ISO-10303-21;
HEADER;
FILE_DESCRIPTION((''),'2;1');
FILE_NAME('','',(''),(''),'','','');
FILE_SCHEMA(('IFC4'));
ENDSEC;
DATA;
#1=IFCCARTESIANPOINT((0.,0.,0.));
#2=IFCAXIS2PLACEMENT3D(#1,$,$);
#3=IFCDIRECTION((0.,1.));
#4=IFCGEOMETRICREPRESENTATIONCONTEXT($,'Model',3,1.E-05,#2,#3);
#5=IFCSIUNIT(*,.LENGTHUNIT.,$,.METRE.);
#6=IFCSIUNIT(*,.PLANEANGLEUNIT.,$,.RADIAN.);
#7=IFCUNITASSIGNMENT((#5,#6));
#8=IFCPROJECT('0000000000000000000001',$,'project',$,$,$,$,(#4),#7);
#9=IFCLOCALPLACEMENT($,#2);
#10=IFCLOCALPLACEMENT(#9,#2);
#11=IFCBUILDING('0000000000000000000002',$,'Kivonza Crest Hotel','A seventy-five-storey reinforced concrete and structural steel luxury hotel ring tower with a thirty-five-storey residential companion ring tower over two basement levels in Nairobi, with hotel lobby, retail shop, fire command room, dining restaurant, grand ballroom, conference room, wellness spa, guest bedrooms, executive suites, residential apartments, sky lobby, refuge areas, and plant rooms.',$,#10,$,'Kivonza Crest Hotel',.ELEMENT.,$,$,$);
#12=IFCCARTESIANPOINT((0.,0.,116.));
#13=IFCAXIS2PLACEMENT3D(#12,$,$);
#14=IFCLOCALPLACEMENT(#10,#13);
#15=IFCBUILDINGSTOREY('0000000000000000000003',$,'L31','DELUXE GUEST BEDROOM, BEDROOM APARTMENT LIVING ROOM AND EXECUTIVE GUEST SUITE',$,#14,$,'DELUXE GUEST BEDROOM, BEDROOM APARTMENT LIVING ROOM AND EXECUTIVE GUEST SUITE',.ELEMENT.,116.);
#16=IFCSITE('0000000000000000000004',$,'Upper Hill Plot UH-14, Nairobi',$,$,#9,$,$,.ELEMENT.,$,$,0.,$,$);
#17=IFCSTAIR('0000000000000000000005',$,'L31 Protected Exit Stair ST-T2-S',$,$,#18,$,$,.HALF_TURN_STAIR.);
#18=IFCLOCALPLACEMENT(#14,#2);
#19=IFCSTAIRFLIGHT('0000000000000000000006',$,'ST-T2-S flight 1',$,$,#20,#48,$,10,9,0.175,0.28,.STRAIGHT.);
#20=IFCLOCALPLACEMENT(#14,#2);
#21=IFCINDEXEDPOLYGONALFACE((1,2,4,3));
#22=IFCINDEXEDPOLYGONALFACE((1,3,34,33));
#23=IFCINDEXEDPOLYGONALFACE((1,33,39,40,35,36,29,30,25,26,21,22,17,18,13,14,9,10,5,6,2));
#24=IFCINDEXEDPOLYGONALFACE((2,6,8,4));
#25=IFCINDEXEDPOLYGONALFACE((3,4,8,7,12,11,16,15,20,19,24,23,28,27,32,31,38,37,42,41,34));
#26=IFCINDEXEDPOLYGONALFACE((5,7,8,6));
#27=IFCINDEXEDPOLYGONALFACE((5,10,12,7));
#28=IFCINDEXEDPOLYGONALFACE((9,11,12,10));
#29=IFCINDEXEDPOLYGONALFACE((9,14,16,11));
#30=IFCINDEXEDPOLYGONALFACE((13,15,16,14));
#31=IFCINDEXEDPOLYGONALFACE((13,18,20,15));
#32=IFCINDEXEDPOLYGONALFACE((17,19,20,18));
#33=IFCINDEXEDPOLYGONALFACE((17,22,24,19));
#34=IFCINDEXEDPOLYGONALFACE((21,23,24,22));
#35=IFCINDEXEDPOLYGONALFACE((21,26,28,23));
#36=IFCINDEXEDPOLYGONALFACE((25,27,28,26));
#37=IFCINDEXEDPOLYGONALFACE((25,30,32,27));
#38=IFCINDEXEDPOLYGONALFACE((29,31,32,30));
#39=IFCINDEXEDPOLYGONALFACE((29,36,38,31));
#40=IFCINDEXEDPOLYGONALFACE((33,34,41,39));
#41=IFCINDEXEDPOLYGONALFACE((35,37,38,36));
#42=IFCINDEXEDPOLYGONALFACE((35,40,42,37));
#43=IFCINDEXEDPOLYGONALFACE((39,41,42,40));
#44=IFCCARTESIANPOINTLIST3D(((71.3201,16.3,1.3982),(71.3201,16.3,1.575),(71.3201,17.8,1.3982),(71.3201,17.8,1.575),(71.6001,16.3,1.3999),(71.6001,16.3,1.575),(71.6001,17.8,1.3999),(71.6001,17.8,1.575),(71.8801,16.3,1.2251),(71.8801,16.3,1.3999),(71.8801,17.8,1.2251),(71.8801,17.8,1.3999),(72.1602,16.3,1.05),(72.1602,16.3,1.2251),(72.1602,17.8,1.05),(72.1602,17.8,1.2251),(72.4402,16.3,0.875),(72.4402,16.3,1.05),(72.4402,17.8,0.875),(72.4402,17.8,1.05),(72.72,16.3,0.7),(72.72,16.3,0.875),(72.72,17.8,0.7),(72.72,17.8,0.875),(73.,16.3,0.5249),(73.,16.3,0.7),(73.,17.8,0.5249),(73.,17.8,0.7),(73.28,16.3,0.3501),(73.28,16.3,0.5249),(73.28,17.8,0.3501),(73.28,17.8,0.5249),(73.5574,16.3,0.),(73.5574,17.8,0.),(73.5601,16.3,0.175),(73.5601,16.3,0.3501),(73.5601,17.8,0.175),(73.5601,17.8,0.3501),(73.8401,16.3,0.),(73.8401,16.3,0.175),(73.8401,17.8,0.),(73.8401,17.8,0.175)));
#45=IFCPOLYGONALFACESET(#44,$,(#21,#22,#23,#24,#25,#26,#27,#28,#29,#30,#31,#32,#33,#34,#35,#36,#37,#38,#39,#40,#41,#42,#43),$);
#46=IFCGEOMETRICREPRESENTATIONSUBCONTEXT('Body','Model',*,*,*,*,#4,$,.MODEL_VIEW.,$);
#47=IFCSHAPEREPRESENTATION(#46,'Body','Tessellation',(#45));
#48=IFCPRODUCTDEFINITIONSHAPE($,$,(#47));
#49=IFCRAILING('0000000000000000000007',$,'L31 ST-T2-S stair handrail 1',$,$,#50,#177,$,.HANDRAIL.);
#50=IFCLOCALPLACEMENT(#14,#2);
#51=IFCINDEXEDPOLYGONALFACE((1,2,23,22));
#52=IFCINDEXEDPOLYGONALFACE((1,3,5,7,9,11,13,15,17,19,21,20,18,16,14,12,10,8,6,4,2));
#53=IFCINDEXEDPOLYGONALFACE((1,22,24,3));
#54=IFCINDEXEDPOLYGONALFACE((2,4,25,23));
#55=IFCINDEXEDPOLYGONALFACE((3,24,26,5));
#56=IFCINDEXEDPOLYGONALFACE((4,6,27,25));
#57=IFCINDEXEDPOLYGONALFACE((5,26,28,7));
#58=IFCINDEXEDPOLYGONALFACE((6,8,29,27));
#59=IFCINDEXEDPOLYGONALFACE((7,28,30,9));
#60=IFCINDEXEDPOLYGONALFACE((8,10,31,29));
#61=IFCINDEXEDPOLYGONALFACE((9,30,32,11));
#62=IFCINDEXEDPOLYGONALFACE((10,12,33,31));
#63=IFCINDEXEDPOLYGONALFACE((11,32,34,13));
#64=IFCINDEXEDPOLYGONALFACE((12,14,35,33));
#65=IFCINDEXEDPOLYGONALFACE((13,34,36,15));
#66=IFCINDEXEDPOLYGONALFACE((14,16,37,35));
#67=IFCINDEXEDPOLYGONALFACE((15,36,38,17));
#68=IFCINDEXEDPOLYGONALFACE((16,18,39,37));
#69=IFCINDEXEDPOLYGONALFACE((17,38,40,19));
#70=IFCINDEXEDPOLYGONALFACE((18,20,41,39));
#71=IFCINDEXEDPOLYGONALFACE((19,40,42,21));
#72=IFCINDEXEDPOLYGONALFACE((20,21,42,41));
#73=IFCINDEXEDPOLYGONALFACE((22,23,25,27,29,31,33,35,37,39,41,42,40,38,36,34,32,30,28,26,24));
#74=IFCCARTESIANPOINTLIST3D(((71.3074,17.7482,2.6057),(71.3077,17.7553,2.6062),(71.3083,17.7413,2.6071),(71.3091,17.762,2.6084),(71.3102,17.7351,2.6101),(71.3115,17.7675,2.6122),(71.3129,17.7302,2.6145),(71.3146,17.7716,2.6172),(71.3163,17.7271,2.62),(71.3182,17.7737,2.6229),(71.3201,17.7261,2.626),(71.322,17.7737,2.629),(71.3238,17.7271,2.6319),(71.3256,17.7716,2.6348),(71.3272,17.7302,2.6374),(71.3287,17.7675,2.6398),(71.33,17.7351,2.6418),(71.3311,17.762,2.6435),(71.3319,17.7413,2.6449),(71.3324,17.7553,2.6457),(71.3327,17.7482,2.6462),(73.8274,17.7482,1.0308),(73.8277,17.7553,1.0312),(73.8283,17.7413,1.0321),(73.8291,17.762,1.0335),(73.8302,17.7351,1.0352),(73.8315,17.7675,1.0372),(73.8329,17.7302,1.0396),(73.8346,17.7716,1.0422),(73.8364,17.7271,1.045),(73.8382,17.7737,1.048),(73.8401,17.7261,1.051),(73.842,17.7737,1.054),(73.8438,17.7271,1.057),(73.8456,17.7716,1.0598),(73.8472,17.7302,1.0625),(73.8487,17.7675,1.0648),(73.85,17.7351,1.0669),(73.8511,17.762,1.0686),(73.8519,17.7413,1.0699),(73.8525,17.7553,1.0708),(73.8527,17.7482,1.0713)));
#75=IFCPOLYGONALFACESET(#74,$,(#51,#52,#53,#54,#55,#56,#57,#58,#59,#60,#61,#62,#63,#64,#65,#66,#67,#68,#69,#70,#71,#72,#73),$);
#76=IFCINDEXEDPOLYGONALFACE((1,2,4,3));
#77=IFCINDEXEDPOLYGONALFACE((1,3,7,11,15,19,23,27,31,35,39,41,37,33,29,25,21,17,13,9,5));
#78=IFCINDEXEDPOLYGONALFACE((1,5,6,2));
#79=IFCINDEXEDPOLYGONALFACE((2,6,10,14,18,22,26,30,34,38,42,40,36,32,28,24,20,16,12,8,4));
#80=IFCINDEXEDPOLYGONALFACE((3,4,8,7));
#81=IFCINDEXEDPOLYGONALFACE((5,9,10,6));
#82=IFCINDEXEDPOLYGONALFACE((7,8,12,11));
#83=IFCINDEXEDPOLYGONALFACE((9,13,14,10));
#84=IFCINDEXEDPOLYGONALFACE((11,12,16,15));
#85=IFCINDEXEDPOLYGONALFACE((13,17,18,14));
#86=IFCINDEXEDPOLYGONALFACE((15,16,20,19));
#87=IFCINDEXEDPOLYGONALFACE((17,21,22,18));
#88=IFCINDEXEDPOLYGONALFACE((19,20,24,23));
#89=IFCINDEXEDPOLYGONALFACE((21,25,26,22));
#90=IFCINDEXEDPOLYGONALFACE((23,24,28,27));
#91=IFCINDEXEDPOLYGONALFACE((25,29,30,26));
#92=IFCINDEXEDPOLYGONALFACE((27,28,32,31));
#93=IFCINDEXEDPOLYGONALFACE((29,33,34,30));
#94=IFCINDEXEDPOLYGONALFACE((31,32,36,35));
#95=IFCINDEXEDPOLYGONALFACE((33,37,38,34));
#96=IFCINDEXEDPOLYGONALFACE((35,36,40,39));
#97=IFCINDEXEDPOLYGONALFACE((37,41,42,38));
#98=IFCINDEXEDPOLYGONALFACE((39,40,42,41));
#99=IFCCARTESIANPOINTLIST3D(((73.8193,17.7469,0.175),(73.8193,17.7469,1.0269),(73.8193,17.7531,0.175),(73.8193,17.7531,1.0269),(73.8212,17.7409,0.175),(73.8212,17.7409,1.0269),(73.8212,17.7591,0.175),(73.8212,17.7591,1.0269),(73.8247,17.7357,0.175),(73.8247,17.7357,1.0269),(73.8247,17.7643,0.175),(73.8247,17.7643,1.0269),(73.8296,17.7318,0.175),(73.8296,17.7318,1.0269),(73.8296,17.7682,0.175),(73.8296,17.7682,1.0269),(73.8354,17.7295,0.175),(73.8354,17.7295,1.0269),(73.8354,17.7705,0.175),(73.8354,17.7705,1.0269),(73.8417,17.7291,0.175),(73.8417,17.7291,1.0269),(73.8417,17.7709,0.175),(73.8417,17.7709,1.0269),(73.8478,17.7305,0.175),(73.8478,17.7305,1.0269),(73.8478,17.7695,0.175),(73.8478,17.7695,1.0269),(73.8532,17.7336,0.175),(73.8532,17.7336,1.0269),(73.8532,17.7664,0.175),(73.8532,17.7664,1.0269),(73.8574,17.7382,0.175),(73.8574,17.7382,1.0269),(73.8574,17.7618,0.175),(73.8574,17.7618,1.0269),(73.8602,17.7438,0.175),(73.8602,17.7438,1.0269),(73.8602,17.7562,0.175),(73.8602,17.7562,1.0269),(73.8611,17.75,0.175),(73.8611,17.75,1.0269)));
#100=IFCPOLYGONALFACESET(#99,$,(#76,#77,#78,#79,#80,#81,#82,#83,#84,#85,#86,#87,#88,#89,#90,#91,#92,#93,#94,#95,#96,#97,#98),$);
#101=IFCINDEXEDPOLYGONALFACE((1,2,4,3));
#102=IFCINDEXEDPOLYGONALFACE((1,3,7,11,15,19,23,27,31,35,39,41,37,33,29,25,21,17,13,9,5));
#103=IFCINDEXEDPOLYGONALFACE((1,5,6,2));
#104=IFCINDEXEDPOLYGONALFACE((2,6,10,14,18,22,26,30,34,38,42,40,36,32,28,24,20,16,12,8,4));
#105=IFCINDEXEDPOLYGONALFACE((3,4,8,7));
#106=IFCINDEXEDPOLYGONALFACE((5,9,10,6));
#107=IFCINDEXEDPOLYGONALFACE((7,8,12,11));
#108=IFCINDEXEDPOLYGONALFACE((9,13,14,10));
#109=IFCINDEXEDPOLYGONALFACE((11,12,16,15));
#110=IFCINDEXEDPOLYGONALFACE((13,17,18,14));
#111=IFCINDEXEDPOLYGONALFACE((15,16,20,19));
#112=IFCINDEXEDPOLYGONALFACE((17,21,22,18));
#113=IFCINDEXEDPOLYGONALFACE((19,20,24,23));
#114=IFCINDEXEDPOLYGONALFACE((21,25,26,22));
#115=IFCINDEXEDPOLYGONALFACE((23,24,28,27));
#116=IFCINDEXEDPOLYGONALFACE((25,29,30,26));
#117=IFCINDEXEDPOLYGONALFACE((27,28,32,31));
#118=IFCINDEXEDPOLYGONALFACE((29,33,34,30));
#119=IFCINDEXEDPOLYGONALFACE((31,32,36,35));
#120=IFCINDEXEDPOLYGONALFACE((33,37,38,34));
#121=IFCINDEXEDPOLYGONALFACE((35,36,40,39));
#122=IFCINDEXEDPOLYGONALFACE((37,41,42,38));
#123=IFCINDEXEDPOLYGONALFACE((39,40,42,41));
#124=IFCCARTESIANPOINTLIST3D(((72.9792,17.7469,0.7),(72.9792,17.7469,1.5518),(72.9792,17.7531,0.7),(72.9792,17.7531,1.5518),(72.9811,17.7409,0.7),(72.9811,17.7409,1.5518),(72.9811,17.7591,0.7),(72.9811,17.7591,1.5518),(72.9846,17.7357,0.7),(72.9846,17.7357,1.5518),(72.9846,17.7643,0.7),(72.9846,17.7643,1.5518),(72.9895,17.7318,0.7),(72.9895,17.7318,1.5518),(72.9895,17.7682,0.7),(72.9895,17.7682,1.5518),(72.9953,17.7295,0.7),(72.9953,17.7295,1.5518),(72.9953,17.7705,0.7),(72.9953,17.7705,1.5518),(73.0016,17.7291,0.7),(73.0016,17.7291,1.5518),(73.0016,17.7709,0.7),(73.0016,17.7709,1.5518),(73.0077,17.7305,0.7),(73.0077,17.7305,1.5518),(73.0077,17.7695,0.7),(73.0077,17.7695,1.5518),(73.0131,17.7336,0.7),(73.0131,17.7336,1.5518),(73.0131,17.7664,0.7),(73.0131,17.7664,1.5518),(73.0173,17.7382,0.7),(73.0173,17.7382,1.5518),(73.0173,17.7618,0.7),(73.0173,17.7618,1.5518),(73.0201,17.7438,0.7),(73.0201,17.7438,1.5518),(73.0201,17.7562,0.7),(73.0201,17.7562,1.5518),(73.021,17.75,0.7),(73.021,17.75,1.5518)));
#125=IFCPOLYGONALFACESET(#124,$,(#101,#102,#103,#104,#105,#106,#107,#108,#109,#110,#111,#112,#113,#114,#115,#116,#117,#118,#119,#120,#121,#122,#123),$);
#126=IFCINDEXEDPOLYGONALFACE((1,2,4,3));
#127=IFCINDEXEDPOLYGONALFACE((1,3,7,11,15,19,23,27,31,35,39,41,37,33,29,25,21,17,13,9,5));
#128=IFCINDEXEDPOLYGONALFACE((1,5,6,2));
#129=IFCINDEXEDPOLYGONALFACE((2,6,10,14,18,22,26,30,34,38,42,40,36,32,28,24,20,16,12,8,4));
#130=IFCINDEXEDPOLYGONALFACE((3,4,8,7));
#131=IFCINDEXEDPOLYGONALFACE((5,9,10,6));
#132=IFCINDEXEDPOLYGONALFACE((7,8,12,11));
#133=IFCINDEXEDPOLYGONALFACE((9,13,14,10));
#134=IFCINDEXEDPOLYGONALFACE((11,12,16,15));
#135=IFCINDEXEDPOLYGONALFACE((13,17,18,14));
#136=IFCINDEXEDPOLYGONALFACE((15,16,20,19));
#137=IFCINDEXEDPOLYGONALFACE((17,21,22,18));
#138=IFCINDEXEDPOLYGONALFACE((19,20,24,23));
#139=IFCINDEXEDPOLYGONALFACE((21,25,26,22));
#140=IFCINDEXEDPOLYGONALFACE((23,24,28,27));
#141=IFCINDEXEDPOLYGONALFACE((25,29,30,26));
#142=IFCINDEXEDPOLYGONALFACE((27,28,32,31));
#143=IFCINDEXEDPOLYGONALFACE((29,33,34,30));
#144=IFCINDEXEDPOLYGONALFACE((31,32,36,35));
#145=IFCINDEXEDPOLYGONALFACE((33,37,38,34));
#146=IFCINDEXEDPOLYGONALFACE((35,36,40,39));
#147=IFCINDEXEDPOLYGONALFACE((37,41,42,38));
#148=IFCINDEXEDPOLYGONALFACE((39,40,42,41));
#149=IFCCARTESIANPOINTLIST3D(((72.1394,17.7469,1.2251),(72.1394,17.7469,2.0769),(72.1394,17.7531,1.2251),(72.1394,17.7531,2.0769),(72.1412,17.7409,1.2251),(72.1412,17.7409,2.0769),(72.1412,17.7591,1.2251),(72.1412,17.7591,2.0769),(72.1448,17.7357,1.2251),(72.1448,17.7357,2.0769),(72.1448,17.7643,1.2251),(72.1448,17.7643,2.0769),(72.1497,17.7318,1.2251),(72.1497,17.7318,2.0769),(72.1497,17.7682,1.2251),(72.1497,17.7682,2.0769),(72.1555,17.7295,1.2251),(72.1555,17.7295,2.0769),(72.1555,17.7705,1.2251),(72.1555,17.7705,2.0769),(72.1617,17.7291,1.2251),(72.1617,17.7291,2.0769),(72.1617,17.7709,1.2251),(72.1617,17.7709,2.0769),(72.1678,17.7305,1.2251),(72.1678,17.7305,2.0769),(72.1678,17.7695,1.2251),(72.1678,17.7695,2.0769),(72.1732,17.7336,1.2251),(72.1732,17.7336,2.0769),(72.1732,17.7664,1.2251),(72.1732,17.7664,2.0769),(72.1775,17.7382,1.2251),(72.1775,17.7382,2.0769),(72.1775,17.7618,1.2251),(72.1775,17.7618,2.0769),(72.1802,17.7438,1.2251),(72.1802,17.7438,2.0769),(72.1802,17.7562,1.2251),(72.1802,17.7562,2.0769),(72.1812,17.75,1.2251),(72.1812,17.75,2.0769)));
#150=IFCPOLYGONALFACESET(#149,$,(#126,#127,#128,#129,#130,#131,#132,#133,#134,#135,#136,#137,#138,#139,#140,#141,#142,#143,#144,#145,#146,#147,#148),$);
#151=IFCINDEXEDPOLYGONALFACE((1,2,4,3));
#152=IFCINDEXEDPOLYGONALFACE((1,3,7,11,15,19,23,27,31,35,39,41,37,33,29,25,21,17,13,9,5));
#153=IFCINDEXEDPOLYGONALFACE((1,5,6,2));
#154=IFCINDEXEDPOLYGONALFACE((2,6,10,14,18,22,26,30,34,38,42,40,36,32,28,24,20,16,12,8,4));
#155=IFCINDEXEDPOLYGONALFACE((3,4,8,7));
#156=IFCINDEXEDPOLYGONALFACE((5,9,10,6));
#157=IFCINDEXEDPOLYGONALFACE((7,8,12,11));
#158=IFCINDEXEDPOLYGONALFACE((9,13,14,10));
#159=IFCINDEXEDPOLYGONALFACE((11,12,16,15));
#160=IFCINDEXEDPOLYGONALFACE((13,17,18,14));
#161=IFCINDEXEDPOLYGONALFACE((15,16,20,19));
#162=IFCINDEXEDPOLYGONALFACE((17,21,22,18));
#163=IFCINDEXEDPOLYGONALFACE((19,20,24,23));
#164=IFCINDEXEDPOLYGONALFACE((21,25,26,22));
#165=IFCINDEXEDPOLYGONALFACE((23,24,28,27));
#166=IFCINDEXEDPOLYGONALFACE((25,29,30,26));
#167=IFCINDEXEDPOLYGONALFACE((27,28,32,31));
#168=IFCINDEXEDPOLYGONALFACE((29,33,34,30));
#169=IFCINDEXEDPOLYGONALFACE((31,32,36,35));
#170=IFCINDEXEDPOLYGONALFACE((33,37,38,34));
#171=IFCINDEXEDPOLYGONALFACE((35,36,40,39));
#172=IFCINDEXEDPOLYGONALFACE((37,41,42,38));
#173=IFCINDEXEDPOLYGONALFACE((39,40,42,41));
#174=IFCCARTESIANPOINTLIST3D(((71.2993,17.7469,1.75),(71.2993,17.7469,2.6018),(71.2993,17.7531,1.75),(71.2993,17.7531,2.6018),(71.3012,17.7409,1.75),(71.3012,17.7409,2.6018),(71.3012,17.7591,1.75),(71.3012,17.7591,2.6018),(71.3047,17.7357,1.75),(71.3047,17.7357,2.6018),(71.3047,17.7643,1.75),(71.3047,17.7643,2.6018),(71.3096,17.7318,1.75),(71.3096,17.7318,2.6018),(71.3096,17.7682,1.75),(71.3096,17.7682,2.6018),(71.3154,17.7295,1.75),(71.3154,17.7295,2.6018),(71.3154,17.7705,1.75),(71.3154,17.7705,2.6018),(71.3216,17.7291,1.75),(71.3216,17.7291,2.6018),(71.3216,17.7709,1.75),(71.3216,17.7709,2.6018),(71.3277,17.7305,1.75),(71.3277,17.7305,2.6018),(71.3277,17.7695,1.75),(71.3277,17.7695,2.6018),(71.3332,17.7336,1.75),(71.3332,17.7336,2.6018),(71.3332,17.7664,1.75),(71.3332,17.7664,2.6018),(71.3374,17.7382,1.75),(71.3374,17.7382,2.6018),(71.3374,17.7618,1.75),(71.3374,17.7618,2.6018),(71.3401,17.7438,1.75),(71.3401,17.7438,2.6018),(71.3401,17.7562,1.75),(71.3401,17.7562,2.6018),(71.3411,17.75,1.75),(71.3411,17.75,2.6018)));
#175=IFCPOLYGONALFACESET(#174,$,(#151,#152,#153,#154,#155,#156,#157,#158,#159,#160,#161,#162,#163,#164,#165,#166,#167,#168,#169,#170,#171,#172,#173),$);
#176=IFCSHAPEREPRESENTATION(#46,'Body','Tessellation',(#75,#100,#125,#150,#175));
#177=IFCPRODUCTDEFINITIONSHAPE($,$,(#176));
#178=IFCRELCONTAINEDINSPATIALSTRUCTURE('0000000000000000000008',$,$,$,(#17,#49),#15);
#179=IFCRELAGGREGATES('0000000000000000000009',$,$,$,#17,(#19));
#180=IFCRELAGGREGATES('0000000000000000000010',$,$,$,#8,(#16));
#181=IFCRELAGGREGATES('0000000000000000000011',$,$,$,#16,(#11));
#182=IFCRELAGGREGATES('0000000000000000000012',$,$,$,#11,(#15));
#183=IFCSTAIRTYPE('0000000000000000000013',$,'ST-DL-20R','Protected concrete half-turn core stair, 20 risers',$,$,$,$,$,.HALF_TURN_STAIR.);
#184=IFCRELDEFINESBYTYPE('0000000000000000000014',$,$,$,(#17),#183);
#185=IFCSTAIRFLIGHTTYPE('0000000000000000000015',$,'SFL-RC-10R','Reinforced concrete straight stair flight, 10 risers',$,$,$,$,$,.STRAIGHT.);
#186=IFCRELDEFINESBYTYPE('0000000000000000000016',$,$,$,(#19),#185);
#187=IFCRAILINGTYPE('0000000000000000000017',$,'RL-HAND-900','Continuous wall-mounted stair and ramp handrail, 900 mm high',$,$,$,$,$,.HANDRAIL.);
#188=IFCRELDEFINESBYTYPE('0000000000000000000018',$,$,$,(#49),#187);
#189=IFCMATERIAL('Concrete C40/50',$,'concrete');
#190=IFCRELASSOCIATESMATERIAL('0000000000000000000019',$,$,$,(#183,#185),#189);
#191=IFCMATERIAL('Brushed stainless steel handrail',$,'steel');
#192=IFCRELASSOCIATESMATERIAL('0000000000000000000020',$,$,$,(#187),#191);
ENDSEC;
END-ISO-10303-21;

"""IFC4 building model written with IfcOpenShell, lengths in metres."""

from ifc_helpers import new_model, si_unit, direction, frame, origin, origin_2d, place, context, subcontext, project, spatial, polyline, circle, outline, extrude, material, type_object, element, aggregate, save


model = new_model("IFC4")

# Units and contexts
model_context = context("Model", 3, precision=1e-05, world=origin(), true_north=direction((0.0, 1.0)))
body_context = subcontext(model_context, "Body", "Model", "MODEL_VIEW")
ifc_project = project(units=[si_unit("LENGTHUNIT", "METRE"), si_unit("PLANEANGLEUNIT", "RADIAN")], contexts=[model_context])

# Site, building, storey
site_placement = place(None, origin())
site = spatial("IfcSite", under=ifc_project, at=site_placement, Name="Upper Hill Plot UH-14, Nairobi", CompositionType="ELEMENT", RefElevation=0.0)
building_placement = place(site_placement, origin())
building = spatial("IfcBuilding", under=site, at=building_placement, Name="Kivonza Crest Hotel", Description="A seventy-five-storey reinforced concrete and structural steel luxury hotel ring tower with a thirty-five-storey residential companion ring tower over two basement levels in Nairobi, with hotel lobby, retail shop, fire command room, dining restaurant, grand ballroom, conference room, wellness spa, guest bedrooms, executive suites, residential apartments, sky lobby, refuge areas, and plant rooms.", LongName="Kivonza Crest Hotel", CompositionType="ELEMENT")
storey_placement = place(building_placement, frame((0.0, 0.0, 116.0)))
storey = spatial("IfcBuildingStorey", under=building, at=storey_placement, Name="L31", Description="DELUXE GUEST BEDROOM, BEDROOM APARTMENT LIVING ROOM AND EXECUTIVE GUEST SUITE", LongName="DELUXE GUEST BEDROOM, BEDROOM APARTMENT LIVING ROOM AND EXECUTIVE GUEST SUITE", CompositionType="ELEMENT", Elevation=116.0)

# Stair, stair flight
ifc_material_1 = material(Name="Concrete C40/50", Category="concrete")
stair_type = type_object("IfcStairType", Name="ST-DL-20R", Description="Protected concrete half-turn core stair, 20 risers", PredefinedType="HALF_TURN_STAIR", material=ifc_material_1)
stair_placement = place(storey_placement, origin())
stair = element("IfcStair", 1, at=stair_placement, inside=storey, type_object=stair_type, Name="L31 Protected Exit Stair ST-T2-S", PredefinedType="HALF_TURN_STAIR")
stair_flight_type = type_object("IfcStairFlightType", Name="SFL-RC-10R", Description="Reinforced concrete straight stair flight, 10 risers", PredefinedType="STRAIGHT", material=ifc_material_1)
stair_flight_placement = place(storey_placement, frame((73.8401, 17.05, 0.0), z_axis=(0.0, 0.0, 1.0), x_axis=(-1.0, 0.0, 0.0)))
stair_flight = element("IfcStairFlight", 2, at=stair_flight_placement, type_object=stair_flight_type, Name="ST-T2-S flight 1", NumberOfRisers=10, NumberOfTreads=9, PredefinedType="STRAIGHT", RiserHeight=0.175, TreadLength=0.28, context=body_context, shape_type="SweptSolid", body=[
    extrude(outline(polyline([(0.0, 0.0), (0.0, 0.175), (0.28, 0.175), (0.28, 0.3501), (0.5601, 0.3501), (0.5601, 0.5249), (0.8401, 0.5249), (0.8401, 0.7), (1.1201, 0.7), (1.1201, 0.875), (1.3999, 0.875), (1.3999, 1.05), (1.6799, 1.05), (1.6799, 1.2251), (1.96, 1.2251), (1.96, 1.3999), (2.24, 1.3999), (2.24, 1.575), (2.52, 1.575), (2.52, 1.75), (2.52, 1.3982), (0.2827, 0.0), (0.0, 0.0)])), frame((0.0, 0.75, 0.0), z_axis=(0.0, -1.0, 0.0), x_axis=(1.0, 0.0, 0.0)), (0.0, 0.0, 1.0), 1.5),
])
aggregate(stair, [stair_flight])

# Railing
ifc_material_2 = material(Name="Brushed stainless steel handrail", Category="steel")
railing_type_1 = type_object("IfcRailingType", Name="RL-HAND-900", Description="Continuous wall-mounted stair and ramp handrail, 900 mm high", PredefinedType="HANDRAIL", material=ifc_material_2)
railing_1_placement = place(storey_placement, frame((73.8401, 17.75, 0.175)))
element("IfcRailing", 3, at=railing_1_placement, inside=storey, type_object=railing_type_1, Name="L31 ST-T2-S stair handrail 1", PredefinedType="HANDRAIL", context=body_context, shape_type="SweptSolid", body=[
    extrude(circle(Radius=0.0239, at=origin_2d()), frame((0.0, 0.0, 0.876), z_axis=(-0.848008, 0.0, 0.529984), x_axis=(0.0, -1.0, 0.0)), (0.0, 0.0, 1.0), 2.9717),
    extrude(circle(Radius=0.021, at=origin_2d()), origin(), (0.0, 0.0, 1.0), 0.8518),
    extrude(circle(Radius=0.021, at=origin_2d()), frame((-0.8401, 0.0, 0.5249)), (0.0, 0.0, 1.0), 0.8518),
    extrude(circle(Radius=0.021, at=origin_2d()), frame((-1.6799, 0.0, 1.05)), (0.0, 0.0, 1.0), 0.8518),
    extrude(circle(Radius=0.021, at=origin_2d()), frame((-2.52, 0.0, 1.575)), (0.0, 0.0, 1.0), 0.8518),
])

save(model, "model.ifc")
